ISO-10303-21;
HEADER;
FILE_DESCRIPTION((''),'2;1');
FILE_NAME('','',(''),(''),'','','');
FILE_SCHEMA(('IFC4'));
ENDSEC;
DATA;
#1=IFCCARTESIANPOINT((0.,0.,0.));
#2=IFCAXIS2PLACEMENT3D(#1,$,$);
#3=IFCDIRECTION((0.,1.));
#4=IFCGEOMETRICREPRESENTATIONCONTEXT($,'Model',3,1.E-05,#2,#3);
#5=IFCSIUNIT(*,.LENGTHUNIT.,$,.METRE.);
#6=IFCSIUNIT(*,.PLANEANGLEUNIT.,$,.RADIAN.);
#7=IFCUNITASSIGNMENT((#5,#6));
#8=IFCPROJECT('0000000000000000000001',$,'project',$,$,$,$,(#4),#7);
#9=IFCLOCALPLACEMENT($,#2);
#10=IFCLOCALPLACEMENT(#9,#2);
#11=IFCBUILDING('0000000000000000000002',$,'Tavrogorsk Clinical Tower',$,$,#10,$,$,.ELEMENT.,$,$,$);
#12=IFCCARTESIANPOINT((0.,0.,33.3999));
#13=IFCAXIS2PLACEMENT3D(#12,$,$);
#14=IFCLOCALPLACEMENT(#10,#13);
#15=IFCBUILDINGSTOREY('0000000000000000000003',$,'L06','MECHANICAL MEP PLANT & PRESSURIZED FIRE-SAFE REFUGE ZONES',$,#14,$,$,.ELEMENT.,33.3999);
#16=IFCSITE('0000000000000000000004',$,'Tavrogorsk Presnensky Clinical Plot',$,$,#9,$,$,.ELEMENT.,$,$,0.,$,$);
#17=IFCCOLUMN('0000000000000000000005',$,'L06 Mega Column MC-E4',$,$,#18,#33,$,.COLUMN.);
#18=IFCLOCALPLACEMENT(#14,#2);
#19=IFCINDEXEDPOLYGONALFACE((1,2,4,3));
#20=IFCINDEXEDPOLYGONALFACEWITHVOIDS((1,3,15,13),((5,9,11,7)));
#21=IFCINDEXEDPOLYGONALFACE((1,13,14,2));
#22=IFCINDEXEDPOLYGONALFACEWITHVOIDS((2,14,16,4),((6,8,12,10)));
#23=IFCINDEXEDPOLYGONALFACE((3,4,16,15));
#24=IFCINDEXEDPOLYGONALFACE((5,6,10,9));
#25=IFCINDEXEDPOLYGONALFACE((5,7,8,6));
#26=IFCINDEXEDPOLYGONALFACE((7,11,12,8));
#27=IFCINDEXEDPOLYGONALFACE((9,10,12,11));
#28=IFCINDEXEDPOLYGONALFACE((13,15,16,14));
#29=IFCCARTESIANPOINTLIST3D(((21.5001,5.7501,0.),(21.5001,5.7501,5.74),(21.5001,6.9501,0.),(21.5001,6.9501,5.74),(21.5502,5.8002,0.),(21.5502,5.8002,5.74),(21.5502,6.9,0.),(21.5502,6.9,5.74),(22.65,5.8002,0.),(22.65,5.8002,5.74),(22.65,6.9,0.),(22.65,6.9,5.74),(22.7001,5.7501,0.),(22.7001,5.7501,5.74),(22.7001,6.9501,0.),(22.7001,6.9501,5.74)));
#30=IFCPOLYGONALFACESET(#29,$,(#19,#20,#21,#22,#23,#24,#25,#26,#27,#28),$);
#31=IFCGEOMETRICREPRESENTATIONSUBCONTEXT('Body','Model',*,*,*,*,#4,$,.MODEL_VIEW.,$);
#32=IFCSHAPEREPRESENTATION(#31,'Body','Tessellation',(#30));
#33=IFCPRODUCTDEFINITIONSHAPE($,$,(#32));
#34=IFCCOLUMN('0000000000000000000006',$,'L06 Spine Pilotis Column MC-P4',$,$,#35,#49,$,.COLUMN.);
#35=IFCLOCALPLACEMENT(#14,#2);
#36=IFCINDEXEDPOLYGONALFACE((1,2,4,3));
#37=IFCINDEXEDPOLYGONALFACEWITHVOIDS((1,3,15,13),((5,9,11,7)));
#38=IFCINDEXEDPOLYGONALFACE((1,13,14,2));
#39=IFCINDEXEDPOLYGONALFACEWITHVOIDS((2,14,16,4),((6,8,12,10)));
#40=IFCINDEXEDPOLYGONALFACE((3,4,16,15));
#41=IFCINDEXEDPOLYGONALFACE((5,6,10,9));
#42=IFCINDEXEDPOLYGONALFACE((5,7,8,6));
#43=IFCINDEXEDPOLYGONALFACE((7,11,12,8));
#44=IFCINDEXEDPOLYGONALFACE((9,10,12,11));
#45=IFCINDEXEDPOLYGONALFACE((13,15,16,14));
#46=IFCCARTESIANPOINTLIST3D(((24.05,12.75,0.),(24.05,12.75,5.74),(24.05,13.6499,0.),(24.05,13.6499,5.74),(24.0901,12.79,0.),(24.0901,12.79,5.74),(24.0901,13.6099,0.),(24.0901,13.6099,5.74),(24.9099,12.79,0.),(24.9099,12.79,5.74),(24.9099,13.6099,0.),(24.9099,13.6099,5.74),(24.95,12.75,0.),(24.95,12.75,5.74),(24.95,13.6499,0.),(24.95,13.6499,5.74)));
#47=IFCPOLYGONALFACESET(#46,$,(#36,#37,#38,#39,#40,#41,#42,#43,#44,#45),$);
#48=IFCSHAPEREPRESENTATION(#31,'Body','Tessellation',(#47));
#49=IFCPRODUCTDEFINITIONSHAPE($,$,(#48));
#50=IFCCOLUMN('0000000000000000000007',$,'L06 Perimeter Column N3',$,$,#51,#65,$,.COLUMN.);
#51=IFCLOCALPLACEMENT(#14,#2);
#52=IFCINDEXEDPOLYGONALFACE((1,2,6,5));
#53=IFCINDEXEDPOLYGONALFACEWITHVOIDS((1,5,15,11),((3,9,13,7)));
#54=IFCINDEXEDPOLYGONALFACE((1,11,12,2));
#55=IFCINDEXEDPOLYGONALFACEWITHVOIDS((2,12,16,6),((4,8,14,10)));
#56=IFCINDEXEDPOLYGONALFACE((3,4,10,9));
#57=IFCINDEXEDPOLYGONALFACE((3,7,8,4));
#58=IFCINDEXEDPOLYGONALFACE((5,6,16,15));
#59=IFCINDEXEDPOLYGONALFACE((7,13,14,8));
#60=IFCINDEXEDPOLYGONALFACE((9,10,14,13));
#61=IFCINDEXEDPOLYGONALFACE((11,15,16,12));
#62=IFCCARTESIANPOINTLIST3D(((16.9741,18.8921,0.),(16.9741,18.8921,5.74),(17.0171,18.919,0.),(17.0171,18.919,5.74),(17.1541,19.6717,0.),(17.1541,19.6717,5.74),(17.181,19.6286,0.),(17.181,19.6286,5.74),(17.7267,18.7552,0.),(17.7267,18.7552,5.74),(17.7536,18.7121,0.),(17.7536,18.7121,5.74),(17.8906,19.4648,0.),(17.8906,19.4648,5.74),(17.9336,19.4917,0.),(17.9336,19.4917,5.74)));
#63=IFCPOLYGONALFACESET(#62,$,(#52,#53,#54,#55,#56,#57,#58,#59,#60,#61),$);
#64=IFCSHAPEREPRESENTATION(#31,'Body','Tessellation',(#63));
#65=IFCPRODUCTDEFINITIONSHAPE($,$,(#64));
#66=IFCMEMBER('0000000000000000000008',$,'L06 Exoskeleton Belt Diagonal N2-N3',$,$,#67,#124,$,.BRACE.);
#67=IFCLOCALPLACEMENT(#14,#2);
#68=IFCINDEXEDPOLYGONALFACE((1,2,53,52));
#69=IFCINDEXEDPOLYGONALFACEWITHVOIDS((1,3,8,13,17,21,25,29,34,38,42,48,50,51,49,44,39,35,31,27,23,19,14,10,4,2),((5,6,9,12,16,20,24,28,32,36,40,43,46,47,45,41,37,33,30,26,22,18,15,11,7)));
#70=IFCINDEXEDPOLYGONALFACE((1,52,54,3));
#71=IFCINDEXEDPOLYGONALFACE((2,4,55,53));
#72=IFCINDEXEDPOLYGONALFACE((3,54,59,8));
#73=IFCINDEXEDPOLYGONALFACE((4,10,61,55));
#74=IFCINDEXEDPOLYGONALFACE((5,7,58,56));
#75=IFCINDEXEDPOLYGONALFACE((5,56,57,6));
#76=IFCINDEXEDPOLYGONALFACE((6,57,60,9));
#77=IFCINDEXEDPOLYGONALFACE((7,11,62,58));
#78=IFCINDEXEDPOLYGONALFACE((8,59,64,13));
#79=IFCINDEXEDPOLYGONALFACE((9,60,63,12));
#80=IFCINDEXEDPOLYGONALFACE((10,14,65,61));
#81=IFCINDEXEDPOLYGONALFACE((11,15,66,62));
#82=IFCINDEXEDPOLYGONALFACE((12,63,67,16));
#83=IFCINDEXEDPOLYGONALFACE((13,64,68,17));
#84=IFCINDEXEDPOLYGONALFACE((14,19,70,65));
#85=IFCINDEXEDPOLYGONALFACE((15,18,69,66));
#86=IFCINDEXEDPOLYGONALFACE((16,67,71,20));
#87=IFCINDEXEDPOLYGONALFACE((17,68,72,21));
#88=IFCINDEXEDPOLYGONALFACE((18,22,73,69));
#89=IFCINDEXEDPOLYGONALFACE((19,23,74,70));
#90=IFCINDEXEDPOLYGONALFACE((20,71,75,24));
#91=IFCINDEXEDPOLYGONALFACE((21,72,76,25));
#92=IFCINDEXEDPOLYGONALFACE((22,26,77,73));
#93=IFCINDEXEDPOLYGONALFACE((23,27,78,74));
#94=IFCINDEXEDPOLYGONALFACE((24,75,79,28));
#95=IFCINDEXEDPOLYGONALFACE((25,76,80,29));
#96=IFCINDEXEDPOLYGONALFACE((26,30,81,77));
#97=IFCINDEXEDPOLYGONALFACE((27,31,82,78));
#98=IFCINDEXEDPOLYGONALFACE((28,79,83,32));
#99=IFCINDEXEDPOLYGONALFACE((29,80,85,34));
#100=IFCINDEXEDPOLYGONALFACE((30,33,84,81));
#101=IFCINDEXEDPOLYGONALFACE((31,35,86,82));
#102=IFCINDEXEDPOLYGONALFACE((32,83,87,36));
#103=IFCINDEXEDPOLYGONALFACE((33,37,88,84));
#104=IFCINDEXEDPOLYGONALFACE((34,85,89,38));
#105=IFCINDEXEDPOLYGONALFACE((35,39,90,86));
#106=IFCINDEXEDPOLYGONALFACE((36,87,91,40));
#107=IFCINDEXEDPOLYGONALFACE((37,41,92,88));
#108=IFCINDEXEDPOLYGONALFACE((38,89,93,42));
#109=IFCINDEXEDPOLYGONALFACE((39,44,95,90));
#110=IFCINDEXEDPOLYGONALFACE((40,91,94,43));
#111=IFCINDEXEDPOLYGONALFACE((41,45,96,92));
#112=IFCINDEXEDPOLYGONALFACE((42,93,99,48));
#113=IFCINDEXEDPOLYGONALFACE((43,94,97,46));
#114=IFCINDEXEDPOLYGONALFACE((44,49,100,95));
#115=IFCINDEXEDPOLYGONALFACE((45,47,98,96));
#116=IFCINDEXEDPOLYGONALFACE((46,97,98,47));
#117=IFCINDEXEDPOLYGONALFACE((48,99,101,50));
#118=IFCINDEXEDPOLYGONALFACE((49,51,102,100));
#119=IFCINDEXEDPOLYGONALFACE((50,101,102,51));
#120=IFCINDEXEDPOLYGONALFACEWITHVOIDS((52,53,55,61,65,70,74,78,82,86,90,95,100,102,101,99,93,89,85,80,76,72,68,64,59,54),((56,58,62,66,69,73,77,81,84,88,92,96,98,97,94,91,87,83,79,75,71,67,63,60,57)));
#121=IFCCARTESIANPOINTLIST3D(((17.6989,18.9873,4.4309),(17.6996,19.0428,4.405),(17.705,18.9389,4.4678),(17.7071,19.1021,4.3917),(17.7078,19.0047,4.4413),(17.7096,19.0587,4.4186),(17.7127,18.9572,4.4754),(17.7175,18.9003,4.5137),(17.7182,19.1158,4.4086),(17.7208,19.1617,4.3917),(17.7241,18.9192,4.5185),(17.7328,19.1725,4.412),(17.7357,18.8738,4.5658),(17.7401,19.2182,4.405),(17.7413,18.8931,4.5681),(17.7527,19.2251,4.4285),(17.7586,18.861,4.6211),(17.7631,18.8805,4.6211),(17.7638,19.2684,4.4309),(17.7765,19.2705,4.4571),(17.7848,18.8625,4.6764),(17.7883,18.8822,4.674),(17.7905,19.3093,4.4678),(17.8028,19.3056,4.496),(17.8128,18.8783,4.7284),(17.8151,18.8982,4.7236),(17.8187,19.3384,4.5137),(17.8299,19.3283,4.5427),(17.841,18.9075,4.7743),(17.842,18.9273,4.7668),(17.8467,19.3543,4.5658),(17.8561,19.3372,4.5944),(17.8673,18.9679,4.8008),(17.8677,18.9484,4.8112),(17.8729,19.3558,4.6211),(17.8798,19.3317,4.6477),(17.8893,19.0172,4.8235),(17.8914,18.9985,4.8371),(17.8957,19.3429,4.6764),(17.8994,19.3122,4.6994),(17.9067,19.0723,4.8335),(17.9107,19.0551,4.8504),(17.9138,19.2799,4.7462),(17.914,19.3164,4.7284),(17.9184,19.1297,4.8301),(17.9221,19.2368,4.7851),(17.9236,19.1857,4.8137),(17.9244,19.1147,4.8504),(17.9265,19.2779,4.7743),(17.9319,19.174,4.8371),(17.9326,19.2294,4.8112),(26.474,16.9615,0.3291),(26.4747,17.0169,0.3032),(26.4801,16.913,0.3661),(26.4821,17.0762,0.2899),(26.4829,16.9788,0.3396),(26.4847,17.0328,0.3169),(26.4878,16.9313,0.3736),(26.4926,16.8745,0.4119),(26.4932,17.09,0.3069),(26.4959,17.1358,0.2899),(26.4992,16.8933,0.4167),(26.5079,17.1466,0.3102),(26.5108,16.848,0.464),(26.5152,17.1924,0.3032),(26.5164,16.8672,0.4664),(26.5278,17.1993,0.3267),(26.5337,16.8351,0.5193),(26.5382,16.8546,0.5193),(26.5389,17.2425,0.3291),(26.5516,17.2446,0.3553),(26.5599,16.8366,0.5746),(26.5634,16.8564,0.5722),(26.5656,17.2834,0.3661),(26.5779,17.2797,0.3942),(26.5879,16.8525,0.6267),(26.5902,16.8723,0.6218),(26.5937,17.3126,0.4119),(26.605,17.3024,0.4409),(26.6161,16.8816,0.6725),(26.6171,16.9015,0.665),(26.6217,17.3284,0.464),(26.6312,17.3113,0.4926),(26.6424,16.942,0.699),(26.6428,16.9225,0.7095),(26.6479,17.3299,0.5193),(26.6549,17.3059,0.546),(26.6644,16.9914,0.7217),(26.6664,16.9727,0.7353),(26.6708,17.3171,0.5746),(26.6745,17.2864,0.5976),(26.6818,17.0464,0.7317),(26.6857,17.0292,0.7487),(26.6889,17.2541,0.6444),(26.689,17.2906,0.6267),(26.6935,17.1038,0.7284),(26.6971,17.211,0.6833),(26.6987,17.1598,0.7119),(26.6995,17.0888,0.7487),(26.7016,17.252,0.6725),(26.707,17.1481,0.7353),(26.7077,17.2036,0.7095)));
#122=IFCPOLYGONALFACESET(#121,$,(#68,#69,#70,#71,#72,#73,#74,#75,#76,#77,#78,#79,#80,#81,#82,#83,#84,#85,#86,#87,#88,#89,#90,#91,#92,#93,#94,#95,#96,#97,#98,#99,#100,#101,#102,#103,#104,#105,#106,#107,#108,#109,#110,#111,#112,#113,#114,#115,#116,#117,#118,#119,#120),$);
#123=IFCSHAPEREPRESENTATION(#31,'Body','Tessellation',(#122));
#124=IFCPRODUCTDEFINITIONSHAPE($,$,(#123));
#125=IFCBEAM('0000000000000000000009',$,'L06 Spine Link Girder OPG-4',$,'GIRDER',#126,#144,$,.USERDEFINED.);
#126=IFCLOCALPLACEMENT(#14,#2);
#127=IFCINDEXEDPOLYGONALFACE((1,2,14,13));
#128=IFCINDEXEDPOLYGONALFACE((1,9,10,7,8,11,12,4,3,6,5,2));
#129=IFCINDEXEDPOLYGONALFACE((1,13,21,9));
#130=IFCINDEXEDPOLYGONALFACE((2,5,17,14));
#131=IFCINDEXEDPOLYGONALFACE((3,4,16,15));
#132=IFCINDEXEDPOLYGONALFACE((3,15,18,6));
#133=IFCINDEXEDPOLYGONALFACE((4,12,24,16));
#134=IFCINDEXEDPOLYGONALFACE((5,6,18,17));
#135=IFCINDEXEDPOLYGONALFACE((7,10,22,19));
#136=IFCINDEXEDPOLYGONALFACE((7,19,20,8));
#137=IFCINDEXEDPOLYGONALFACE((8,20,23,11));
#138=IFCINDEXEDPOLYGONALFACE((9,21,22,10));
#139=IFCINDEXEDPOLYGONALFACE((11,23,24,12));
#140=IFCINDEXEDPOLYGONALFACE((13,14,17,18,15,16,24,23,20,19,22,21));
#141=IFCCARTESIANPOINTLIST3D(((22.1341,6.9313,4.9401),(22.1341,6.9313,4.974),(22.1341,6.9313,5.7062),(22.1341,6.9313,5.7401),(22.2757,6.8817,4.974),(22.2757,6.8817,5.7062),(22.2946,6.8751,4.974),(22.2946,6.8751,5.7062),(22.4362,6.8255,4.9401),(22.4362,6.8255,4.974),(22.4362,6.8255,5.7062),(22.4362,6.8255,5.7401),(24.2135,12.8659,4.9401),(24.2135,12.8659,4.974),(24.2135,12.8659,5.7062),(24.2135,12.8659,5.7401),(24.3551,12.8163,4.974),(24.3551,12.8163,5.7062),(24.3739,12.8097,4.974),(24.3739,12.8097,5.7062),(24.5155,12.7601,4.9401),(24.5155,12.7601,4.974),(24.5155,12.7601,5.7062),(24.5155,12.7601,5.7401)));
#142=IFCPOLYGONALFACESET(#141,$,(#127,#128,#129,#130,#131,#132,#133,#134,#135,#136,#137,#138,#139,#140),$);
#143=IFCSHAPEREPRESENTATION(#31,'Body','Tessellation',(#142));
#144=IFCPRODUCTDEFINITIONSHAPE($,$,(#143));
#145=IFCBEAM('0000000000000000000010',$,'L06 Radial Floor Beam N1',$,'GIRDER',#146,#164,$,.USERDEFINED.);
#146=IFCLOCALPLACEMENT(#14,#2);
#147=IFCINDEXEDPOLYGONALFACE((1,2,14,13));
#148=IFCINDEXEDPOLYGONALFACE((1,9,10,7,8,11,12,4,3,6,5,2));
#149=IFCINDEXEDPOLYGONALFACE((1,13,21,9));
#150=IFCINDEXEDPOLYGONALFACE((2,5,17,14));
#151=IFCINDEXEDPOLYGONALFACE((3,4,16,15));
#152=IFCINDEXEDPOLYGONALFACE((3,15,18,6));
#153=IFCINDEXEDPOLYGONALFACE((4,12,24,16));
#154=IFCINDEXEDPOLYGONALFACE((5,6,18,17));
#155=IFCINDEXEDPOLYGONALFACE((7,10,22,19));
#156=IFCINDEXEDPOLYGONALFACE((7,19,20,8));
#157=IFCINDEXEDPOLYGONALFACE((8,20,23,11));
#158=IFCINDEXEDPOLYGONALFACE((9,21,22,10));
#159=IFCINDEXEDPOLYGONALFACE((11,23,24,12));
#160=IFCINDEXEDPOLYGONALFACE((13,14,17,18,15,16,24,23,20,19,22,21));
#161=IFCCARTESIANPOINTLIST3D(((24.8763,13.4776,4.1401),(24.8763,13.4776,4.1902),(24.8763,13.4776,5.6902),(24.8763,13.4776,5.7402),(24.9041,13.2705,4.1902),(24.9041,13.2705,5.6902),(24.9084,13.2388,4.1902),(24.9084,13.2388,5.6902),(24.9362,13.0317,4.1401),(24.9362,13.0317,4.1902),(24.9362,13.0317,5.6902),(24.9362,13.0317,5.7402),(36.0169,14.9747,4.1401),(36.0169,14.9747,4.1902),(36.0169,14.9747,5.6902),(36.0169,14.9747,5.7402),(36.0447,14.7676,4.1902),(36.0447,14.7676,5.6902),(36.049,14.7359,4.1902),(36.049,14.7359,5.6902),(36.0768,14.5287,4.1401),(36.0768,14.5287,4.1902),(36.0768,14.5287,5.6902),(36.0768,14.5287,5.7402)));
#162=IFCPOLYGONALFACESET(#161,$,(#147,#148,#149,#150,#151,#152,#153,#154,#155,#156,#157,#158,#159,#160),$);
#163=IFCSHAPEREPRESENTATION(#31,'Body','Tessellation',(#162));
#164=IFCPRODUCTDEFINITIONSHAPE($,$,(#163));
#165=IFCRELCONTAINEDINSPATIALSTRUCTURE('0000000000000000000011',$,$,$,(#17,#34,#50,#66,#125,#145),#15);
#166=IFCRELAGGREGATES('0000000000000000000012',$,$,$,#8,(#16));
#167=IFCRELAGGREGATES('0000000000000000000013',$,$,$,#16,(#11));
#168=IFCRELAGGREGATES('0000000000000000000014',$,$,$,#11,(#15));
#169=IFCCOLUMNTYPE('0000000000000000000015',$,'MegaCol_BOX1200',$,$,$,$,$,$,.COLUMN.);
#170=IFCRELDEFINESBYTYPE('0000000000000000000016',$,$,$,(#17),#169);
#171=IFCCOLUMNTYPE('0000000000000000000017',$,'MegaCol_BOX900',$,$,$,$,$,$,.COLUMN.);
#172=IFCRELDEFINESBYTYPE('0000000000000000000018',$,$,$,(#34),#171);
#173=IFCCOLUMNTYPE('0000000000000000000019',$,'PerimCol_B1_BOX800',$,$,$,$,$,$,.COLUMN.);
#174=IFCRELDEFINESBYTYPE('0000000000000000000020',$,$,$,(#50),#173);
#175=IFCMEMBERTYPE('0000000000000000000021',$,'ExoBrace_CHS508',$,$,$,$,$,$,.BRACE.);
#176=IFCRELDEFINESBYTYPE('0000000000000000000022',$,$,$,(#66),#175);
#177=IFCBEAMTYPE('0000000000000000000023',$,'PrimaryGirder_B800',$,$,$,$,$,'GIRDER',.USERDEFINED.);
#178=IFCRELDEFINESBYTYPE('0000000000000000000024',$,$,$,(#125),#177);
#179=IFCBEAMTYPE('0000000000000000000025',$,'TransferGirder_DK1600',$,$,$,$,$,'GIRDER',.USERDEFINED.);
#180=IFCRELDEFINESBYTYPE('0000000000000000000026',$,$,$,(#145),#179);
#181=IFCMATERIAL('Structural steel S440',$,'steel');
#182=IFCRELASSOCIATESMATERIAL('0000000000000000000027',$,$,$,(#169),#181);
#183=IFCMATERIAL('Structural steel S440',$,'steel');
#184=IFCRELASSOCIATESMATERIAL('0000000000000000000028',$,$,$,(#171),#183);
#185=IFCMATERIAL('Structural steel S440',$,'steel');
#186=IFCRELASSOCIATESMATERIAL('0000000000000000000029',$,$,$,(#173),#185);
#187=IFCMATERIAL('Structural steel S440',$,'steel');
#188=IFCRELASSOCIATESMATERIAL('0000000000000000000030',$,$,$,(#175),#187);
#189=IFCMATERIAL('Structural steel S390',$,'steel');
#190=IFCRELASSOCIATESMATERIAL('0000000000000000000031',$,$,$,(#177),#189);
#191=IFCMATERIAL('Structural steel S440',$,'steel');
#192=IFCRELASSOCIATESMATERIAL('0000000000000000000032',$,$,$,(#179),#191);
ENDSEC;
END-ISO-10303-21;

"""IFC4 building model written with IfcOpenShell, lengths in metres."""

from ifc_helpers import new_model, si_unit, direction, frame, origin, origin_2d, place, context, subcontext, project, spatial, hollow_rectangle, hollow_circle, i_section, extrude, material, material_profile, profile_set, type_object, element, save


model = new_model("IFC4")

# Units and contexts
model_context = context("Model", 3, precision=1e-05, world=origin(), true_north=direction((0.0, 1.0)))
body_context = subcontext(model_context, "Body", "Model", "MODEL_VIEW")
ifc_project = project(units=[si_unit("LENGTHUNIT", "METRE"), si_unit("PLANEANGLEUNIT", "RADIAN")], contexts=[model_context])

# Site, building, storey
site_placement = place(None, origin())
site = spatial("IfcSite", under=ifc_project, at=site_placement, Name="Tavrogorsk Presnensky Clinical Plot", CompositionType="ELEMENT", RefElevation=0.0)
building_placement = place(site_placement, origin())
building = spatial("IfcBuilding", under=site, at=building_placement, Name="Tavrogorsk Clinical Tower", CompositionType="ELEMENT")
storey_placement = place(building_placement, frame((0.0, 0.0, 33.3999)))
storey = spatial("IfcBuildingStorey", under=building, at=storey_placement, Name="L06", Description="MECHANICAL MEP PLANT & PRESSURIZED FIRE-SAFE REFUGE ZONES", CompositionType="ELEMENT", Elevation=33.3999)

# Columns
ifc_material_1 = material(Name="Structural steel S440", Category="steel")
ifc_material_profile_1 = material_profile(ifc_material_1, hollow_rectangle(XDim=1.2, YDim=1.2, WallThickness=0.05, at=origin_2d()), Name="BOX-1200x1200x50")
ifc_profile_set_1 = profile_set([ifc_material_profile_1], Name="Structural steel S440")
column_type_1 = type_object("IfcColumnType", Name="MegaCol_BOX1200", PredefinedType="COLUMN", material=ifc_profile_set_1)
column_1_placement = place(storey_placement, frame((22.1001, 6.3501, 0.0), z_axis=(0.0, 0.0, 1.0), x_axis=(1.0, 0.0, 0.0)))
element("IfcColumn", 1, at=column_1_placement, inside=storey, type_object=column_type_1, Name="L06 Mega Column MC-E4", PredefinedType="COLUMN", context=body_context, shape_type="SweptSolid", body=[
    extrude(hollow_rectangle(XDim=1.2, YDim=1.2, WallThickness=0.05, at=origin_2d()), origin(), (0.0, 0.0, 1.0), 5.74),
])
ifc_material_2 = material(Name="Structural steel S440", Category="steel")
ifc_material_profile_2 = material_profile(ifc_material_2, hollow_rectangle(XDim=0.8999, YDim=0.8999, WallThickness=0.04, at=origin_2d()), Name="BOX-900x900x40")
ifc_profile_set_2 = profile_set([ifc_material_profile_2], Name="Structural steel S440")
column_type_2 = type_object("IfcColumnType", Name="MegaCol_BOX900", PredefinedType="COLUMN", material=ifc_profile_set_2)
column_2_placement = place(storey_placement, frame((24.5, 13.2, 0.0), z_axis=(0.0, 0.0, 1.0), x_axis=(1.0, 0.0, 0.0)))
element("IfcColumn", 2, at=column_2_placement, inside=storey, type_object=column_type_2, Name="L06 Spine Pilotis Column MC-P4", PredefinedType="COLUMN", context=body_context, shape_type="SweptSolid", body=[
    extrude(hollow_rectangle(XDim=0.8999, YDim=0.8999, WallThickness=0.04, at=origin_2d()), origin(), (0.0, 0.0, 1.0), 5.74),
])
ifc_material_3 = material(Name="Structural steel S440", Category="steel")
ifc_material_profile_3 = material_profile(ifc_material_3, hollow_rectangle(XDim=0.8, YDim=0.8, WallThickness=0.0359, at=origin_2d()), Name="BOX-800x800x36")
ifc_profile_set_3 = profile_set([ifc_material_profile_3], Name="Structural steel S440")
column_type_3 = type_object("IfcColumnType", Name="PerimCol_B1_BOX800", PredefinedType="COLUMN", material=ifc_profile_set_3)
column_3_placement = place(storey_placement, frame((17.4539, 19.1919, 0.0), z_axis=(0.0, 0.0, 1.0), x_axis=(0.97437, -0.224951, 0.0)))
element("IfcColumn", 3, at=column_3_placement, inside=storey, type_object=column_type_3, Name="L06 Perimeter Column N3", PredefinedType="COLUMN", context=body_context, shape_type="SweptSolid", body=[
    extrude(hollow_rectangle(XDim=0.8, YDim=0.8, WallThickness=0.0359, at=origin_2d()), origin(), (0.0, 0.0, 1.0), 5.74),
])

# Member
ifc_material_4 = material(Name="Structural steel S440", Category="steel")
ifc_material_profile_4 = material_profile(ifc_material_4, hollow_circle(Radius=0.2539, WallThickness=0.02, at=origin_2d()), Name="CHS-508x20")
ifc_profile_set_4 = profile_set([ifc_material_profile_4], Name="Structural steel S440")
member_type = type_object("IfcMemberType", Name="ExoBrace_CHS508", PredefinedType="BRACE", material=ifc_profile_set_4)
member_placement = place(storey_placement, frame((26.5908, 17.0825, 0.5193), z_axis=(-0.88673, 0.204716, 0.414488), x_axis=(-0.224949, -0.974371, 0.0)))
element("IfcMember", 4, at=member_placement, inside=storey, type_object=member_type, Name="L06 Exoskeleton Belt Diagonal N2-N3", PredefinedType="BRACE", context=body_context, shape_type="SweptSolid", body=[
    extrude(hollow_circle(Radius=0.2539, WallThickness=0.02, at=origin_2d()), origin(), (0.0, 0.0, 1.0), 9.896),
])

# Beams
ifc_material_5 = material(Name="Structural steel S390", Category="steel")
ifc_material_profile_5 = material_profile(ifc_material_5, i_section(OverallWidth=0.3201, OverallDepth=0.8, WebThickness=0.02, FlangeThickness=0.0339, at=origin_2d()), Name="B-800x320x20x34")
ifc_profile_set_5 = profile_set([ifc_material_profile_5], Name="Structural steel S390")
beam_type_1 = type_object("IfcBeamType", Name="PrimaryGirder_B800", ElementType="GIRDER", PredefinedType="USERDEFINED", material=ifc_profile_set_5)
beam_1_placement = place(storey_placement, frame((24.3645, 12.813, 5.3401), z_axis=(-0.330669, -0.943747, 0.0), x_axis=(0.943747, -0.330669, 0.0)))
element("IfcBeam", 5, at=beam_1_placement, inside=storey, type_object=beam_type_1, Name="L06 Spine Link Girder OPG-4", ObjectType="GIRDER", PredefinedType="USERDEFINED", context=body_context, shape_type="SweptSolid", body=[
    extrude(i_section(OverallWidth=0.3201, OverallDepth=0.8, WebThickness=0.02, FlangeThickness=0.0339, at=origin_2d()), origin(), (0.0, 0.0, 1.0), 6.2883),
])
ifc_material_6 = material(Name="Structural steel S440", Category="steel")
ifc_material_profile_6 = material_profile(ifc_material_6, i_section(OverallWidth=0.45, OverallDepth=1.6001, WebThickness=0.032, FlangeThickness=0.05, at=origin_2d()), Name="DK-1600x450x32x50")
ifc_profile_set_6 = profile_set([ifc_material_profile_6], Name="Structural steel S440")
beam_type_2 = type_object("IfcBeamType", Name="TransferGirder_DK1600", ElementType="GIRDER", PredefinedType="USERDEFINED", material=ifc_profile_set_6)
beam_2_placement = place(storey_placement, frame((24.9062, 13.2546, 4.9402), z_axis=(0.991092, 0.133182, 0.0), x_axis=(-0.133182, 0.991092, 0.0)))
element("IfcBeam", 6, at=beam_2_placement, inside=storey, type_object=beam_type_2, Name="L06 Radial Floor Beam N1", ObjectType="GIRDER", PredefinedType="USERDEFINED", context=body_context, shape_type="SweptSolid", body=[
    extrude(i_section(OverallWidth=0.45, OverallDepth=1.6001, WebThickness=0.032, FlangeThickness=0.05, at=origin_2d()), origin(), (0.0, 0.0, 1.0), 11.2407),
])

save(model, "model.ifc")
